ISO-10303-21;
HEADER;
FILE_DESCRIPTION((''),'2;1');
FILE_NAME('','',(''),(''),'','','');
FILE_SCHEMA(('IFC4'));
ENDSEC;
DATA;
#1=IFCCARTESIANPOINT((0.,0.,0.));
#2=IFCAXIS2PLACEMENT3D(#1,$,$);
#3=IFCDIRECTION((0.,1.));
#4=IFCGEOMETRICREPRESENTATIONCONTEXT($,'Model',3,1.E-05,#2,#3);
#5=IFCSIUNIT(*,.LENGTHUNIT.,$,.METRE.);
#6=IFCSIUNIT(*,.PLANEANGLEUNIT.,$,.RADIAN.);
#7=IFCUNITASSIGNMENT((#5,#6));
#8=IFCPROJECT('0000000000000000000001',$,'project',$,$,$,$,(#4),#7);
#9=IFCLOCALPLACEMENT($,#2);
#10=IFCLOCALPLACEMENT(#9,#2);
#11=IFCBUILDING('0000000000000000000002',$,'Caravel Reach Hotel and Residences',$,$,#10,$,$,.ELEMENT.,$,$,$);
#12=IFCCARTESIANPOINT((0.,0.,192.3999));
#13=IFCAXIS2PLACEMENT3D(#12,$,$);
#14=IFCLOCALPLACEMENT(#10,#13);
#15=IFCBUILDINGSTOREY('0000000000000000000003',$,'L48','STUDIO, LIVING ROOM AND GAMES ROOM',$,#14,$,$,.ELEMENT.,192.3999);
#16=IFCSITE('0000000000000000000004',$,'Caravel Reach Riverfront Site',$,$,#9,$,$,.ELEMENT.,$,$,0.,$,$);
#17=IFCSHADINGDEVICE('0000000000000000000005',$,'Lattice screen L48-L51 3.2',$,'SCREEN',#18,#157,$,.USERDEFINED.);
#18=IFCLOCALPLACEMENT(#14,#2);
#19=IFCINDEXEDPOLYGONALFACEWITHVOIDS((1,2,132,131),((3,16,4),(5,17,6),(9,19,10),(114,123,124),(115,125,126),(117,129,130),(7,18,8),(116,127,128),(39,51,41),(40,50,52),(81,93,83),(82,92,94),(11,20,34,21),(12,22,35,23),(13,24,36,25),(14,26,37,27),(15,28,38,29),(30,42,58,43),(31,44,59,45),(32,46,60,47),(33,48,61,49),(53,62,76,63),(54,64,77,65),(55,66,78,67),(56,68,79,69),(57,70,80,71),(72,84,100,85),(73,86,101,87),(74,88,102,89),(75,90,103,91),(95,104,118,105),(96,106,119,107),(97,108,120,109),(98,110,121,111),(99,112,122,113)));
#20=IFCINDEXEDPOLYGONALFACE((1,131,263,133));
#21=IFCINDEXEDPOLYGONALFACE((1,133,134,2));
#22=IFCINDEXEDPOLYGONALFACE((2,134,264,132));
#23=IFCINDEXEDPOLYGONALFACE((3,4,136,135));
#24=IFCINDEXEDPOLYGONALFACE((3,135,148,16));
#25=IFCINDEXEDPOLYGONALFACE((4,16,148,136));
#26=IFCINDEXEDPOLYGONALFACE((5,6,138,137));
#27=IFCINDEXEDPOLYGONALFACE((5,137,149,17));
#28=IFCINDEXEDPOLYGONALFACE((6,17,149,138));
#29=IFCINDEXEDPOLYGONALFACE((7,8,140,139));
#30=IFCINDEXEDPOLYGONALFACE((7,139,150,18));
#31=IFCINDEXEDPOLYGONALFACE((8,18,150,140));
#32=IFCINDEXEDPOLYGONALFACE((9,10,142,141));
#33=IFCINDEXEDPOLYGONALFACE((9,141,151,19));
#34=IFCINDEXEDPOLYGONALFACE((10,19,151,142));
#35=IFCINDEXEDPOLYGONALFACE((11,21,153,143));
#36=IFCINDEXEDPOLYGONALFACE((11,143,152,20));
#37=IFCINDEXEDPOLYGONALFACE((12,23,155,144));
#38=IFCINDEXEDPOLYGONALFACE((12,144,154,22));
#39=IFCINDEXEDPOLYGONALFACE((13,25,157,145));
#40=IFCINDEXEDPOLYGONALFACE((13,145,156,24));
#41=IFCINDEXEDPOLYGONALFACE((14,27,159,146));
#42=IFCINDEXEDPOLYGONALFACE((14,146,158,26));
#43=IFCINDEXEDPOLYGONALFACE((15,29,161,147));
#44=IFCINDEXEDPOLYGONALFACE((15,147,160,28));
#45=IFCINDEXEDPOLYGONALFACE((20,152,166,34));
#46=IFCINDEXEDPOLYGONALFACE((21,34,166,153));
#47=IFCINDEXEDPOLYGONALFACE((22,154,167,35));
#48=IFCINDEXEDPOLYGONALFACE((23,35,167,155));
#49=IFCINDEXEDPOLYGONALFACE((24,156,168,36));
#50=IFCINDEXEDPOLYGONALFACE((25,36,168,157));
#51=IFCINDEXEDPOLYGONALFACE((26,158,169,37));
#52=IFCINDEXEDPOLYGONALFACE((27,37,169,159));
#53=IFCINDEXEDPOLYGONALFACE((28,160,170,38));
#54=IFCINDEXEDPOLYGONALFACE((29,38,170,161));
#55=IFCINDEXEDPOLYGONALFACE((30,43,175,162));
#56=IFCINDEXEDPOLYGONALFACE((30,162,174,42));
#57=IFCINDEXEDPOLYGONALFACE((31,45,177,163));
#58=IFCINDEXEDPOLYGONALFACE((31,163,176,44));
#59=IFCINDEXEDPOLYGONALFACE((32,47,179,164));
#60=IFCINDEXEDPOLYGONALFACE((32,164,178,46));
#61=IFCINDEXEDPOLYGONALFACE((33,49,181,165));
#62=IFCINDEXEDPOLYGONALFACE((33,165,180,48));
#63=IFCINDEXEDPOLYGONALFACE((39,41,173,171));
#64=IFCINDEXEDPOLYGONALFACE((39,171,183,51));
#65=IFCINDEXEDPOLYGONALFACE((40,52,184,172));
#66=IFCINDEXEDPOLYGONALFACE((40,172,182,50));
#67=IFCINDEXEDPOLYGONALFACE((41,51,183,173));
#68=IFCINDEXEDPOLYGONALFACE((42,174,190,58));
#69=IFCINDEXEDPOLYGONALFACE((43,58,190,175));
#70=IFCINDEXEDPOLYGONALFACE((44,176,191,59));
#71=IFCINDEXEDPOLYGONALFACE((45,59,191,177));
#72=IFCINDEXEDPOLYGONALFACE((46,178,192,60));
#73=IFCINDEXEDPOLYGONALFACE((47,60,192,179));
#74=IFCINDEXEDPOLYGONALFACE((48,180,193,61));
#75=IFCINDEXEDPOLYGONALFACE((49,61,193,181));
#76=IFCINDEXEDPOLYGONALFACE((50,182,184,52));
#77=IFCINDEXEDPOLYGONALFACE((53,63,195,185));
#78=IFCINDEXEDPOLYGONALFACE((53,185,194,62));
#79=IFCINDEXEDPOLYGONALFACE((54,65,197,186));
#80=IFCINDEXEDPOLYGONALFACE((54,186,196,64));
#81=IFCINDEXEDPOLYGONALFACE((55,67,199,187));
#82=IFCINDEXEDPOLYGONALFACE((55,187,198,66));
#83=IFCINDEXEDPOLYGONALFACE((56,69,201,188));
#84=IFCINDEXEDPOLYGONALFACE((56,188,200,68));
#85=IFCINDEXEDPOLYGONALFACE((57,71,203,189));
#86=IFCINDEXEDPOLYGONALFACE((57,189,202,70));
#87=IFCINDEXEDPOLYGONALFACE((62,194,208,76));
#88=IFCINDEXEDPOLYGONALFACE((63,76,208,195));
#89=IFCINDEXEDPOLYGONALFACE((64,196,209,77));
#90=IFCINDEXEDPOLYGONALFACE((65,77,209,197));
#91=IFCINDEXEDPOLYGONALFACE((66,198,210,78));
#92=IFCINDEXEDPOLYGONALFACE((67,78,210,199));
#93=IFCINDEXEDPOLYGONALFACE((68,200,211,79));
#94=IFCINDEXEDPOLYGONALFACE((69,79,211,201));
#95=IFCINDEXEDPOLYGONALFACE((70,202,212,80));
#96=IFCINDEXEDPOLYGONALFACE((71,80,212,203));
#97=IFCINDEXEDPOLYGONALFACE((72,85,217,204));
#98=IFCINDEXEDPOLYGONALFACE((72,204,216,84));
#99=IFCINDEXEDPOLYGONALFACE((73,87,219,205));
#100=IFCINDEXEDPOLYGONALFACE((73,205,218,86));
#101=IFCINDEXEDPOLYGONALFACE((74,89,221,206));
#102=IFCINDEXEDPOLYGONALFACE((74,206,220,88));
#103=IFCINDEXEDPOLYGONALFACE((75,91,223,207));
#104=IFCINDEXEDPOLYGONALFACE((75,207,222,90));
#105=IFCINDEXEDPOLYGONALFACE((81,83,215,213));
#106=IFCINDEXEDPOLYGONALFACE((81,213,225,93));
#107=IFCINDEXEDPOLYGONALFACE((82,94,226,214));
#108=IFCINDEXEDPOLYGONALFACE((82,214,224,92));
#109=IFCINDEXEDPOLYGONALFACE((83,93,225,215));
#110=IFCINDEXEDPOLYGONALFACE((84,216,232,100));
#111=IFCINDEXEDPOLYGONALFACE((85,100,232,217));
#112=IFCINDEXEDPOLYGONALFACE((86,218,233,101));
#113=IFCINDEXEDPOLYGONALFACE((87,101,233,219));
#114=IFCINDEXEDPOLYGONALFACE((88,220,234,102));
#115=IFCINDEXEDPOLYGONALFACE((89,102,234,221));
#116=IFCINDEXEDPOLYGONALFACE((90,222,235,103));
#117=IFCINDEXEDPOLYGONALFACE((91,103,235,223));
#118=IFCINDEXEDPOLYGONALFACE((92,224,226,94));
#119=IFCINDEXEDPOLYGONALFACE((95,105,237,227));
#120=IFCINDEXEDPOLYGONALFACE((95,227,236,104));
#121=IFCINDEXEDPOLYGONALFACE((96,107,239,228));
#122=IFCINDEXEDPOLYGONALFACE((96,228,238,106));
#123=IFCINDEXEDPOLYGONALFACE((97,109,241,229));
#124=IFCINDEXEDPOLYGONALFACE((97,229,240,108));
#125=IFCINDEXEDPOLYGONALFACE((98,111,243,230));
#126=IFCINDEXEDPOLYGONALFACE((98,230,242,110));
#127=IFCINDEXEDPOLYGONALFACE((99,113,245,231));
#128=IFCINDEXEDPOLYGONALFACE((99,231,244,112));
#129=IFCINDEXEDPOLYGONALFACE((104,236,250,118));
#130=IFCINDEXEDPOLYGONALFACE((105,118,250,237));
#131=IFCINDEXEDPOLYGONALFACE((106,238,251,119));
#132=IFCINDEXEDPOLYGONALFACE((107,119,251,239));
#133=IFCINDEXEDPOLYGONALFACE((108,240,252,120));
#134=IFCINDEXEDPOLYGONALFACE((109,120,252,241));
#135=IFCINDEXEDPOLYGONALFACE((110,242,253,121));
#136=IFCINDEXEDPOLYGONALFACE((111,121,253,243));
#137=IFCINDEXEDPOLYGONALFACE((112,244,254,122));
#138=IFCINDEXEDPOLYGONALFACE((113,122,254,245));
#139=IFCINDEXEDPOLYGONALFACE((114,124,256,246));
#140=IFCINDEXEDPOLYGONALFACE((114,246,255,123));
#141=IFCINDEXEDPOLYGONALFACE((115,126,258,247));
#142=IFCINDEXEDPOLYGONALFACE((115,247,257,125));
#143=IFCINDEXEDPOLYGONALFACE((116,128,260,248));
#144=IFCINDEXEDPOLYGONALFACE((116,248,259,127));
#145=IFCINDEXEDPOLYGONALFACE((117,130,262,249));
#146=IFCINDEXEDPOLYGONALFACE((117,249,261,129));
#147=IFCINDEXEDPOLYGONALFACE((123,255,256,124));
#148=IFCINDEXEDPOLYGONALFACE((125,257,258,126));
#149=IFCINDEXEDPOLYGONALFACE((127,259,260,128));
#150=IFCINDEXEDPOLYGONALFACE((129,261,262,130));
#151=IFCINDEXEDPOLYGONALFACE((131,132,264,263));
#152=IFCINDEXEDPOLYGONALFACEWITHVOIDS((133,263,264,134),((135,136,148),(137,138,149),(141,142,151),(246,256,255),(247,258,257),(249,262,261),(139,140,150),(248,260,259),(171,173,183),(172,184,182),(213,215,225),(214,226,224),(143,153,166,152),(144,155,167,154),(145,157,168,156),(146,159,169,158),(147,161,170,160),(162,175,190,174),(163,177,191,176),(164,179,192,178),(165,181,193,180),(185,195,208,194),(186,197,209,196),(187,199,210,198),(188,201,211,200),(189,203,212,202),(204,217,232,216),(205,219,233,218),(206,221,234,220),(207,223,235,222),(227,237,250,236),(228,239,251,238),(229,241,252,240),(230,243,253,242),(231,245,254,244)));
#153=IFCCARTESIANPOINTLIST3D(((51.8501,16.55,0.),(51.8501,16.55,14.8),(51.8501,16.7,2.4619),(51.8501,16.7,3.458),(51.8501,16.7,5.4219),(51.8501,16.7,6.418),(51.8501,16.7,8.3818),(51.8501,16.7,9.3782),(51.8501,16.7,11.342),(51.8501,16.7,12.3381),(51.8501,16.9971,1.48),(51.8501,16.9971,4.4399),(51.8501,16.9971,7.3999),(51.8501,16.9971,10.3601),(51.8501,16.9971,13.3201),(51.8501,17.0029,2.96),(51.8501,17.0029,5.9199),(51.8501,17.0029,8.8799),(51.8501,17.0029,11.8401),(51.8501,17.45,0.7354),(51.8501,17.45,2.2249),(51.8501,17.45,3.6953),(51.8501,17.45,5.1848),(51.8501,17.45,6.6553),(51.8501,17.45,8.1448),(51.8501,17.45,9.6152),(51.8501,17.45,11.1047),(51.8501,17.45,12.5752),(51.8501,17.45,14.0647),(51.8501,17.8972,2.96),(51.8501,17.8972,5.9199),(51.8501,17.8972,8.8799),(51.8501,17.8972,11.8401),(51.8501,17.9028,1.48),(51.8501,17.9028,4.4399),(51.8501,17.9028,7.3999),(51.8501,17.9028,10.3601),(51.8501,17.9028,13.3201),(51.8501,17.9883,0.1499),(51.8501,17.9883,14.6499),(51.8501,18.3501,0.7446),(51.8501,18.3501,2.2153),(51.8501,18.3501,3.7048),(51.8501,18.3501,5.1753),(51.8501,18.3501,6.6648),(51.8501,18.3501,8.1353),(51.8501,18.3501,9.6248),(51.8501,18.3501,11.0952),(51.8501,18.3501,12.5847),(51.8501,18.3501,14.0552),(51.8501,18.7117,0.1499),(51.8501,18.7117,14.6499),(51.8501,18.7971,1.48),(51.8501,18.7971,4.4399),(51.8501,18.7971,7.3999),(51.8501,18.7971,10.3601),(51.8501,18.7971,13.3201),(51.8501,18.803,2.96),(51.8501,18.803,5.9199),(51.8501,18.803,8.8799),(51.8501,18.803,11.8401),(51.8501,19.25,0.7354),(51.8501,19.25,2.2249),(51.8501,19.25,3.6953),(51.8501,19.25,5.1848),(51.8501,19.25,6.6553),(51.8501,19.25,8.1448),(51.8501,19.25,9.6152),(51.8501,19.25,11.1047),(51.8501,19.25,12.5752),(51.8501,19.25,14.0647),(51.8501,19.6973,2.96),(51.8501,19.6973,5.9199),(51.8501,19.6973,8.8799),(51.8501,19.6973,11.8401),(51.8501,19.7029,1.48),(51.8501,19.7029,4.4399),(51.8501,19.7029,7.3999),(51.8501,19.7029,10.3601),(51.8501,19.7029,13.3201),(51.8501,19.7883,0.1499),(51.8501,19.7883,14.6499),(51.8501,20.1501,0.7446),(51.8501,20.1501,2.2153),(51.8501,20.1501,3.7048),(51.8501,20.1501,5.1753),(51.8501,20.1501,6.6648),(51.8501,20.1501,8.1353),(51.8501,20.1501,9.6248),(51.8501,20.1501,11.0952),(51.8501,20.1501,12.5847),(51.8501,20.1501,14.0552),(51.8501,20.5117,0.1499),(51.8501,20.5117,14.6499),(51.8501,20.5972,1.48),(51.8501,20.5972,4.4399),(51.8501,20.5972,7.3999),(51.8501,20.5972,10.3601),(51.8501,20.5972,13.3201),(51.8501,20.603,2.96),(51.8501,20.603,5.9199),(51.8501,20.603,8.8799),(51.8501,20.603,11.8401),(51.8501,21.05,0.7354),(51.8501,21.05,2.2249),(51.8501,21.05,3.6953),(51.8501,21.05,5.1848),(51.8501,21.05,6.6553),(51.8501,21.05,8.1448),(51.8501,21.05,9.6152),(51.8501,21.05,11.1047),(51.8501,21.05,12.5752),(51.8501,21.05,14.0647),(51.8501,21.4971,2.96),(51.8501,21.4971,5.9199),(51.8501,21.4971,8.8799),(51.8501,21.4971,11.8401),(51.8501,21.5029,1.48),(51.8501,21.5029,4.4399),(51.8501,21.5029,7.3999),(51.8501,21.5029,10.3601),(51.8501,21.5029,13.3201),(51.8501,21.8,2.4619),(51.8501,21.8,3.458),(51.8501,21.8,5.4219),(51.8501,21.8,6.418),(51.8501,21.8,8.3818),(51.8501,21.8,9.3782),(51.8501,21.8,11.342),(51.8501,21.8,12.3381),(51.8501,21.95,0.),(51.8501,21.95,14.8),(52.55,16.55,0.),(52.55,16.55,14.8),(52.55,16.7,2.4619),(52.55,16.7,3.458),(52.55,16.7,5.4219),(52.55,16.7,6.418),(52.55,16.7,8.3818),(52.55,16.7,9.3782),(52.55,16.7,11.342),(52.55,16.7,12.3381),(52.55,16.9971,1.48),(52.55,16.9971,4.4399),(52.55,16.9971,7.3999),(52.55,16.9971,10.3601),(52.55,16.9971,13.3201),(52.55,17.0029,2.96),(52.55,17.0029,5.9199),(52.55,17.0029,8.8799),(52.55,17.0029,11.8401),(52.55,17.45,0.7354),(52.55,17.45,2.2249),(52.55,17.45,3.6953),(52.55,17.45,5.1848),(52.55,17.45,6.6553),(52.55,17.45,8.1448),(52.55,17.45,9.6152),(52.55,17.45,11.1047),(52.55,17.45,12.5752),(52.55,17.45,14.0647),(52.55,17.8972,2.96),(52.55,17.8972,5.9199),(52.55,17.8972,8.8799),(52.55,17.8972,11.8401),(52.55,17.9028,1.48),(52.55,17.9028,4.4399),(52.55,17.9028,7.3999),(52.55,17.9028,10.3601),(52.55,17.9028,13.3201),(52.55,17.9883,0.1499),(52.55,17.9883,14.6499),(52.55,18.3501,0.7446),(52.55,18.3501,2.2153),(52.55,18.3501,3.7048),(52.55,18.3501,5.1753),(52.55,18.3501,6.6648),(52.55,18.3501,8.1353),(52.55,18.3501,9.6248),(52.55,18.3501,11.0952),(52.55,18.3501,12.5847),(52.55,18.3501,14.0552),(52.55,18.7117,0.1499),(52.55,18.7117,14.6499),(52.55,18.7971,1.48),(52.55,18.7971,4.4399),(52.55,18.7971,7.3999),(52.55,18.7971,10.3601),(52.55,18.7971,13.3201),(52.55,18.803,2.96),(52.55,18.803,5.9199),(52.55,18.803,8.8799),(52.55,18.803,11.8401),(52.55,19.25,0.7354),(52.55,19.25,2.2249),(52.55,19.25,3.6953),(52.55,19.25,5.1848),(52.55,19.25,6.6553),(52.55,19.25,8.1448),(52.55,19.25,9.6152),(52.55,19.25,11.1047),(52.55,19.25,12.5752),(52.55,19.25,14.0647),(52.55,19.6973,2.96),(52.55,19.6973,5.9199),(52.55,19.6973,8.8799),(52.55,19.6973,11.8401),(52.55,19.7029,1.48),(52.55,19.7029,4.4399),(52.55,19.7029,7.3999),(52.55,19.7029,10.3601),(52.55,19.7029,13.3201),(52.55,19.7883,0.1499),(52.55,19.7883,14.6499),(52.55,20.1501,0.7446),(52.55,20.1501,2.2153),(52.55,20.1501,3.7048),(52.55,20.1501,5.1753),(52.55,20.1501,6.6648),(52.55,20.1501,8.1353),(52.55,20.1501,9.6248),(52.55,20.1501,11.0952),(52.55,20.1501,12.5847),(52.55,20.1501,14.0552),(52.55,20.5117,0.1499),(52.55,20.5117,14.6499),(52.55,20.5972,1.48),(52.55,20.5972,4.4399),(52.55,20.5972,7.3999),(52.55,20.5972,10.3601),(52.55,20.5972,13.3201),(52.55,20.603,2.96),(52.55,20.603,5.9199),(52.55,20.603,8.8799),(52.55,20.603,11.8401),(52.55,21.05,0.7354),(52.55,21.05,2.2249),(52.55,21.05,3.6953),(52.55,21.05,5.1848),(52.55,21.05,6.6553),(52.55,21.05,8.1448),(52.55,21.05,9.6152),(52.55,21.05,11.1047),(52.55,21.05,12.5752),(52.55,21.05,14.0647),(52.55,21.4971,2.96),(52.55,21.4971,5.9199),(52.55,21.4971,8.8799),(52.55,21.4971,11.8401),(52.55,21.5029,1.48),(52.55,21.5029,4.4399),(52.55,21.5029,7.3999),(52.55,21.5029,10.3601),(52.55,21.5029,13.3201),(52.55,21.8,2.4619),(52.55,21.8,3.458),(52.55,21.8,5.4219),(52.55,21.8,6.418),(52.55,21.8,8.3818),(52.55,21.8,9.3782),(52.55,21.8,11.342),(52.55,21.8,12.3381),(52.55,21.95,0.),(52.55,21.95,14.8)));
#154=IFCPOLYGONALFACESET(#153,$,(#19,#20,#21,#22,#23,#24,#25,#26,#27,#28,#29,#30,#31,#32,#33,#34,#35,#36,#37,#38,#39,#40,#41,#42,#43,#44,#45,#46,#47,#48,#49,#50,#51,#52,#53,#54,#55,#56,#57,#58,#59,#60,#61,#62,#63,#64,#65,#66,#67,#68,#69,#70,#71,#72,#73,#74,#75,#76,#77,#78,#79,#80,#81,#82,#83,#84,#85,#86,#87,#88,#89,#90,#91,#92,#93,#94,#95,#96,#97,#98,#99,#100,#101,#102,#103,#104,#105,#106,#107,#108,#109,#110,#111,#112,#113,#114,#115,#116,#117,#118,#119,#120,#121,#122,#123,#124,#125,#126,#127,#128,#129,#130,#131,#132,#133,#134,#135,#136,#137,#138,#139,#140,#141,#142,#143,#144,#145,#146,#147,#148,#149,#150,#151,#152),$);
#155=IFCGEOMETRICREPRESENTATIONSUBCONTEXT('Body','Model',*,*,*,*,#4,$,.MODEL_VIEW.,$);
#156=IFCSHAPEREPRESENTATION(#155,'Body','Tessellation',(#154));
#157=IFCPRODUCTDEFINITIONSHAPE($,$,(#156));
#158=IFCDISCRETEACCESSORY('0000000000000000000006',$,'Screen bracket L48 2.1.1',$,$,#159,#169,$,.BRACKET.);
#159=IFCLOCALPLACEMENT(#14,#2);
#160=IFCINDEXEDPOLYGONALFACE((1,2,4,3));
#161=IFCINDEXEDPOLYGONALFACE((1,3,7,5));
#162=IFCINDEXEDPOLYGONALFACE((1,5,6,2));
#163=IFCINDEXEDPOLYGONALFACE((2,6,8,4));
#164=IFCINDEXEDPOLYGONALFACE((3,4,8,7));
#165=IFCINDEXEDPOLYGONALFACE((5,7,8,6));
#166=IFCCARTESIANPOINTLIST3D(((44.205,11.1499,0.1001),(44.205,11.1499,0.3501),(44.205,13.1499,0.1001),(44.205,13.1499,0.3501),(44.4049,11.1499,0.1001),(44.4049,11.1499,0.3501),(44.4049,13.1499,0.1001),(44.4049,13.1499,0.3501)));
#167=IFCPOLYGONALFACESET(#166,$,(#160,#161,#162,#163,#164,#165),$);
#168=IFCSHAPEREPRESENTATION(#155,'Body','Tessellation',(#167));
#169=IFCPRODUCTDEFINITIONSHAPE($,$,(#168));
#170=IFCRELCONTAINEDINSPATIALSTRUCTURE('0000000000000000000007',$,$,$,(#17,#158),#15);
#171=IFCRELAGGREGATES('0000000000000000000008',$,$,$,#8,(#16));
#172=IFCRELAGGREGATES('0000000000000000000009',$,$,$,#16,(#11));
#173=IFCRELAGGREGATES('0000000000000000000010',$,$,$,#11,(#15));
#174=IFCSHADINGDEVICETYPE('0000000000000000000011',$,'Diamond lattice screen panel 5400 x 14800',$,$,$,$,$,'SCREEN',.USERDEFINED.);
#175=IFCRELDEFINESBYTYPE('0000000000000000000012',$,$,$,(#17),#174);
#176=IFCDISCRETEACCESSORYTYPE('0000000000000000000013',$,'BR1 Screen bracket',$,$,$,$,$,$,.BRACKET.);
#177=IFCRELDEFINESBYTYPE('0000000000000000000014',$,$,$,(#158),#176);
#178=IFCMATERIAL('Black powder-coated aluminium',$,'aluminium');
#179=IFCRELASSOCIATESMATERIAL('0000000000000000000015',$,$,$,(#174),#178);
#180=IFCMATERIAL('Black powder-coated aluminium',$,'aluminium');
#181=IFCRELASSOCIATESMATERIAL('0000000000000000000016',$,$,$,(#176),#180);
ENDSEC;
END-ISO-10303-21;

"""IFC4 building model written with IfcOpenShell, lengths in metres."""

from ifc_helpers import new_model, si_unit, direction, frame, origin, origin_2d, place, context, subcontext, project, spatial, polyline, rectangle, outline, extrude, material, type_object, element, save


model = new_model("IFC4")

# Units and contexts
model_context = context("Model", 3, precision=1e-05, world=origin(), true_north=direction((0.0, 1.0)))
body_context = subcontext(model_context, "Body", "Model", "MODEL_VIEW")
ifc_project = project(units=[si_unit("LENGTHUNIT", "METRE"), si_unit("PLANEANGLEUNIT", "RADIAN")], contexts=[model_context])

# Site, building, storey
site_placement = place(None, origin())
site = spatial("IfcSite", under=ifc_project, at=site_placement, Name="Caravel Reach Riverfront Site", CompositionType="ELEMENT", RefElevation=0.0)
building_placement = place(site_placement, origin())
building = spatial("IfcBuilding", under=site, at=building_placement, Name="Caravel Reach Hotel and Residences", CompositionType="ELEMENT")
storey_placement = place(building_placement, frame((0.0, 0.0, 192.3999)))
storey = spatial("IfcBuildingStorey", under=building, at=storey_placement, Name="L48", Description="STUDIO, LIVING ROOM AND GAMES ROOM", CompositionType="ELEMENT", Elevation=192.3999)

# Shading device
ifc_material_1 = material(Name="Black powder-coated aluminium", Category="aluminium")
shading_device_type = type_object("IfcShadingDeviceType", Name="Diamond lattice screen panel 5400 x 14800", ElementType="SCREEN", PredefinedType="USERDEFINED", material=ifc_material_1)
shading_device_placement = place(storey_placement, frame((51.8501, 16.55, 0.0), z_axis=(1.0, 0.0, 0.0), x_axis=(0.0, 1.0, 0.0)))
element("IfcShadingDevice", 1, at=shading_device_placement, inside=storey, type_object=shading_device_type, Name="Lattice screen L48-L51 3.2", ObjectType="SCREEN", PredefinedType="USERDEFINED", context=body_context, shape_type="SweptSolid", body=[
    extrude(outline(polyline([(0.0, 0.0), (5.3999, 0.0), (5.3999, 14.8), (0.0, 14.8), (0.0, 0.0)]), holes=[polyline([(0.4529, 2.96), (0.1499, 3.458), (0.1499, 2.4619), (0.4529, 2.96)]), polyline([(0.4529, 5.9199), (0.1499, 6.418), (0.1499, 5.4219), (0.4529, 5.9199)]), polyline([(0.4529, 8.8799), (0.1499, 9.3782), (0.1499, 8.3818), (0.4529, 8.8799)]), polyline([(0.4529, 11.8401), (0.1499, 12.3381), (0.1499, 11.342), (0.4529, 11.8401)]), polyline([(0.8999, 2.2249), (0.447, 1.48), (0.8999, 0.7354), (1.3528, 1.48), (0.8999, 2.2249)]), polyline([(0.8999, 5.1848), (0.447, 4.4399), (0.8999, 3.6953), (1.3528, 4.4399), (0.8999, 5.1848)]), polyline([(0.8999, 8.1448), (0.447, 7.3999), (0.8999, 6.6553), (1.3528, 7.3999), (0.8999, 8.1448)]), polyline([(0.8999, 11.1047), (0.447, 10.3601), (0.8999, 9.6152), (1.3528, 10.3601), (0.8999, 11.1047)]), polyline([(0.8999, 14.0647), (0.447, 13.3201), (0.8999, 12.5752), (1.3528, 13.3201), (0.8999, 14.0647)]), polyline([(1.8, 0.7446), (1.4382, 0.1499), (2.1616, 0.1499), (1.8, 0.7446)]), polyline([(1.8, 3.7048), (1.3472, 2.96), (1.8, 2.2153), (2.2529, 2.96), (1.8, 3.7048)]), polyline([(1.8, 6.6648), (1.3472, 5.9199), (1.8, 5.1753), (2.2529, 5.9199), (1.8, 6.6648)]), polyline([(1.8, 9.6248), (1.3472, 8.8799), (1.8, 8.1353), (2.2529, 8.8799), (1.8, 9.6248)]), polyline([(1.8, 12.5847), (1.3472, 11.8401), (1.8, 11.0952), (2.2529, 11.8401), (1.8, 12.5847)]), polyline([(1.8, 14.0552), (2.1616, 14.6499), (1.4382, 14.6499), (1.8, 14.0552)]), polyline([(2.7, 2.2249), (2.2471, 1.48), (2.7, 0.7354), (3.1528, 1.48), (2.7, 2.2249)]), polyline([(2.7, 5.1848), (2.2471, 4.4399), (2.7, 3.6953), (3.1528, 4.4399), (2.7, 5.1848)]), polyline([(2.7, 8.1448), (2.2471, 7.3999), (2.7, 6.6553), (3.1528, 7.3999), (2.7, 8.1448)]), polyline([(2.7, 11.1047), (2.2471, 10.3601), (2.7, 9.6152), (3.1528, 10.3601), (2.7, 11.1047)]), polyline([(2.7, 14.0647), (2.2471, 13.3201), (2.7, 12.5752), (3.1528, 13.3201), (2.7, 14.0647)]), polyline([(3.6001, 0.7446), (3.2383, 0.1499), (3.9617, 0.1499), (3.6001, 0.7446)]), polyline([(3.6001, 3.7048), (3.1472, 2.96), (3.6001, 2.2153), (4.053, 2.96), (3.6001, 3.7048)]), polyline([(3.6001, 6.6648), (3.1472, 5.9199), (3.6001, 5.1753), (4.053, 5.9199), (3.6001, 6.6648)]), polyline([(3.6001, 9.6248), (3.1472, 8.8799), (3.6001, 8.1353), (4.053, 8.8799), (3.6001, 9.6248)]), polyline([(3.6001, 12.5847), (3.1472, 11.8401), (3.6001, 11.0952), (4.053, 11.8401), (3.6001, 12.5847)]), polyline([(3.6001, 14.0552), (3.9617, 14.6499), (3.2383, 14.6499), (3.6001, 14.0552)]), polyline([(4.5, 2.2249), (4.0471, 1.48), (4.5, 0.7354), (4.9529, 1.48), (4.5, 2.2249)]), polyline([(4.5, 5.1848), (4.0471, 4.4399), (4.5, 3.6953), (4.9529, 4.4399), (4.5, 5.1848)]), polyline([(4.5, 8.1448), (4.0471, 7.3999), (4.5, 6.6553), (4.9529, 7.3999), (4.5, 8.1448)]), polyline([(4.5, 11.1047), (4.0471, 10.3601), (4.5, 9.6152), (4.9529, 10.3601), (4.5, 11.1047)]), polyline([(4.5, 14.0647), (4.0471, 13.3201), (4.5, 12.5752), (4.9529, 13.3201), (4.5, 14.0647)]), polyline([(4.947, 2.96), (5.25, 2.4619), (5.25, 3.458), (4.947, 2.96)]), polyline([(4.947, 5.9199), (5.25, 5.4219), (5.25, 6.418), (4.947, 5.9199)]), polyline([(4.947, 8.8799), (5.25, 8.3818), (5.25, 9.3782), (4.947, 8.8799)]), polyline([(4.947, 11.8401), (5.25, 11.342), (5.25, 12.3381), (4.947, 11.8401)])]), origin(), (0.0, 0.0, 1.0), 0.7),
])

# Discrete accessory
ifc_material_2 = material(Name="Black powder-coated aluminium", Category="aluminium")
discrete_accessory_type = type_object("IfcDiscreteAccessoryType", Name="BR1 Screen bracket", PredefinedType="BRACKET", material=ifc_material_2)
discrete_accessory_1_placement = place(storey_placement, frame((44.3049, 12.1499, 0.1001), z_axis=(0.0, 0.0, 1.0), x_axis=(0.0, -1.0, 0.0)))
element("IfcDiscreteAccessory", 2, at=discrete_accessory_1_placement, inside=storey, type_object=discrete_accessory_type, Name="Screen bracket L48 2.1.1", PredefinedType="BRACKET", context=body_context, shape_type="SweptSolid", body=[
    extrude(rectangle(XDim=2.0, YDim=0.2, at=origin_2d()), origin(), (0.0, 0.0, 1.0), 0.25),
])

save(model, "model.ifc")
